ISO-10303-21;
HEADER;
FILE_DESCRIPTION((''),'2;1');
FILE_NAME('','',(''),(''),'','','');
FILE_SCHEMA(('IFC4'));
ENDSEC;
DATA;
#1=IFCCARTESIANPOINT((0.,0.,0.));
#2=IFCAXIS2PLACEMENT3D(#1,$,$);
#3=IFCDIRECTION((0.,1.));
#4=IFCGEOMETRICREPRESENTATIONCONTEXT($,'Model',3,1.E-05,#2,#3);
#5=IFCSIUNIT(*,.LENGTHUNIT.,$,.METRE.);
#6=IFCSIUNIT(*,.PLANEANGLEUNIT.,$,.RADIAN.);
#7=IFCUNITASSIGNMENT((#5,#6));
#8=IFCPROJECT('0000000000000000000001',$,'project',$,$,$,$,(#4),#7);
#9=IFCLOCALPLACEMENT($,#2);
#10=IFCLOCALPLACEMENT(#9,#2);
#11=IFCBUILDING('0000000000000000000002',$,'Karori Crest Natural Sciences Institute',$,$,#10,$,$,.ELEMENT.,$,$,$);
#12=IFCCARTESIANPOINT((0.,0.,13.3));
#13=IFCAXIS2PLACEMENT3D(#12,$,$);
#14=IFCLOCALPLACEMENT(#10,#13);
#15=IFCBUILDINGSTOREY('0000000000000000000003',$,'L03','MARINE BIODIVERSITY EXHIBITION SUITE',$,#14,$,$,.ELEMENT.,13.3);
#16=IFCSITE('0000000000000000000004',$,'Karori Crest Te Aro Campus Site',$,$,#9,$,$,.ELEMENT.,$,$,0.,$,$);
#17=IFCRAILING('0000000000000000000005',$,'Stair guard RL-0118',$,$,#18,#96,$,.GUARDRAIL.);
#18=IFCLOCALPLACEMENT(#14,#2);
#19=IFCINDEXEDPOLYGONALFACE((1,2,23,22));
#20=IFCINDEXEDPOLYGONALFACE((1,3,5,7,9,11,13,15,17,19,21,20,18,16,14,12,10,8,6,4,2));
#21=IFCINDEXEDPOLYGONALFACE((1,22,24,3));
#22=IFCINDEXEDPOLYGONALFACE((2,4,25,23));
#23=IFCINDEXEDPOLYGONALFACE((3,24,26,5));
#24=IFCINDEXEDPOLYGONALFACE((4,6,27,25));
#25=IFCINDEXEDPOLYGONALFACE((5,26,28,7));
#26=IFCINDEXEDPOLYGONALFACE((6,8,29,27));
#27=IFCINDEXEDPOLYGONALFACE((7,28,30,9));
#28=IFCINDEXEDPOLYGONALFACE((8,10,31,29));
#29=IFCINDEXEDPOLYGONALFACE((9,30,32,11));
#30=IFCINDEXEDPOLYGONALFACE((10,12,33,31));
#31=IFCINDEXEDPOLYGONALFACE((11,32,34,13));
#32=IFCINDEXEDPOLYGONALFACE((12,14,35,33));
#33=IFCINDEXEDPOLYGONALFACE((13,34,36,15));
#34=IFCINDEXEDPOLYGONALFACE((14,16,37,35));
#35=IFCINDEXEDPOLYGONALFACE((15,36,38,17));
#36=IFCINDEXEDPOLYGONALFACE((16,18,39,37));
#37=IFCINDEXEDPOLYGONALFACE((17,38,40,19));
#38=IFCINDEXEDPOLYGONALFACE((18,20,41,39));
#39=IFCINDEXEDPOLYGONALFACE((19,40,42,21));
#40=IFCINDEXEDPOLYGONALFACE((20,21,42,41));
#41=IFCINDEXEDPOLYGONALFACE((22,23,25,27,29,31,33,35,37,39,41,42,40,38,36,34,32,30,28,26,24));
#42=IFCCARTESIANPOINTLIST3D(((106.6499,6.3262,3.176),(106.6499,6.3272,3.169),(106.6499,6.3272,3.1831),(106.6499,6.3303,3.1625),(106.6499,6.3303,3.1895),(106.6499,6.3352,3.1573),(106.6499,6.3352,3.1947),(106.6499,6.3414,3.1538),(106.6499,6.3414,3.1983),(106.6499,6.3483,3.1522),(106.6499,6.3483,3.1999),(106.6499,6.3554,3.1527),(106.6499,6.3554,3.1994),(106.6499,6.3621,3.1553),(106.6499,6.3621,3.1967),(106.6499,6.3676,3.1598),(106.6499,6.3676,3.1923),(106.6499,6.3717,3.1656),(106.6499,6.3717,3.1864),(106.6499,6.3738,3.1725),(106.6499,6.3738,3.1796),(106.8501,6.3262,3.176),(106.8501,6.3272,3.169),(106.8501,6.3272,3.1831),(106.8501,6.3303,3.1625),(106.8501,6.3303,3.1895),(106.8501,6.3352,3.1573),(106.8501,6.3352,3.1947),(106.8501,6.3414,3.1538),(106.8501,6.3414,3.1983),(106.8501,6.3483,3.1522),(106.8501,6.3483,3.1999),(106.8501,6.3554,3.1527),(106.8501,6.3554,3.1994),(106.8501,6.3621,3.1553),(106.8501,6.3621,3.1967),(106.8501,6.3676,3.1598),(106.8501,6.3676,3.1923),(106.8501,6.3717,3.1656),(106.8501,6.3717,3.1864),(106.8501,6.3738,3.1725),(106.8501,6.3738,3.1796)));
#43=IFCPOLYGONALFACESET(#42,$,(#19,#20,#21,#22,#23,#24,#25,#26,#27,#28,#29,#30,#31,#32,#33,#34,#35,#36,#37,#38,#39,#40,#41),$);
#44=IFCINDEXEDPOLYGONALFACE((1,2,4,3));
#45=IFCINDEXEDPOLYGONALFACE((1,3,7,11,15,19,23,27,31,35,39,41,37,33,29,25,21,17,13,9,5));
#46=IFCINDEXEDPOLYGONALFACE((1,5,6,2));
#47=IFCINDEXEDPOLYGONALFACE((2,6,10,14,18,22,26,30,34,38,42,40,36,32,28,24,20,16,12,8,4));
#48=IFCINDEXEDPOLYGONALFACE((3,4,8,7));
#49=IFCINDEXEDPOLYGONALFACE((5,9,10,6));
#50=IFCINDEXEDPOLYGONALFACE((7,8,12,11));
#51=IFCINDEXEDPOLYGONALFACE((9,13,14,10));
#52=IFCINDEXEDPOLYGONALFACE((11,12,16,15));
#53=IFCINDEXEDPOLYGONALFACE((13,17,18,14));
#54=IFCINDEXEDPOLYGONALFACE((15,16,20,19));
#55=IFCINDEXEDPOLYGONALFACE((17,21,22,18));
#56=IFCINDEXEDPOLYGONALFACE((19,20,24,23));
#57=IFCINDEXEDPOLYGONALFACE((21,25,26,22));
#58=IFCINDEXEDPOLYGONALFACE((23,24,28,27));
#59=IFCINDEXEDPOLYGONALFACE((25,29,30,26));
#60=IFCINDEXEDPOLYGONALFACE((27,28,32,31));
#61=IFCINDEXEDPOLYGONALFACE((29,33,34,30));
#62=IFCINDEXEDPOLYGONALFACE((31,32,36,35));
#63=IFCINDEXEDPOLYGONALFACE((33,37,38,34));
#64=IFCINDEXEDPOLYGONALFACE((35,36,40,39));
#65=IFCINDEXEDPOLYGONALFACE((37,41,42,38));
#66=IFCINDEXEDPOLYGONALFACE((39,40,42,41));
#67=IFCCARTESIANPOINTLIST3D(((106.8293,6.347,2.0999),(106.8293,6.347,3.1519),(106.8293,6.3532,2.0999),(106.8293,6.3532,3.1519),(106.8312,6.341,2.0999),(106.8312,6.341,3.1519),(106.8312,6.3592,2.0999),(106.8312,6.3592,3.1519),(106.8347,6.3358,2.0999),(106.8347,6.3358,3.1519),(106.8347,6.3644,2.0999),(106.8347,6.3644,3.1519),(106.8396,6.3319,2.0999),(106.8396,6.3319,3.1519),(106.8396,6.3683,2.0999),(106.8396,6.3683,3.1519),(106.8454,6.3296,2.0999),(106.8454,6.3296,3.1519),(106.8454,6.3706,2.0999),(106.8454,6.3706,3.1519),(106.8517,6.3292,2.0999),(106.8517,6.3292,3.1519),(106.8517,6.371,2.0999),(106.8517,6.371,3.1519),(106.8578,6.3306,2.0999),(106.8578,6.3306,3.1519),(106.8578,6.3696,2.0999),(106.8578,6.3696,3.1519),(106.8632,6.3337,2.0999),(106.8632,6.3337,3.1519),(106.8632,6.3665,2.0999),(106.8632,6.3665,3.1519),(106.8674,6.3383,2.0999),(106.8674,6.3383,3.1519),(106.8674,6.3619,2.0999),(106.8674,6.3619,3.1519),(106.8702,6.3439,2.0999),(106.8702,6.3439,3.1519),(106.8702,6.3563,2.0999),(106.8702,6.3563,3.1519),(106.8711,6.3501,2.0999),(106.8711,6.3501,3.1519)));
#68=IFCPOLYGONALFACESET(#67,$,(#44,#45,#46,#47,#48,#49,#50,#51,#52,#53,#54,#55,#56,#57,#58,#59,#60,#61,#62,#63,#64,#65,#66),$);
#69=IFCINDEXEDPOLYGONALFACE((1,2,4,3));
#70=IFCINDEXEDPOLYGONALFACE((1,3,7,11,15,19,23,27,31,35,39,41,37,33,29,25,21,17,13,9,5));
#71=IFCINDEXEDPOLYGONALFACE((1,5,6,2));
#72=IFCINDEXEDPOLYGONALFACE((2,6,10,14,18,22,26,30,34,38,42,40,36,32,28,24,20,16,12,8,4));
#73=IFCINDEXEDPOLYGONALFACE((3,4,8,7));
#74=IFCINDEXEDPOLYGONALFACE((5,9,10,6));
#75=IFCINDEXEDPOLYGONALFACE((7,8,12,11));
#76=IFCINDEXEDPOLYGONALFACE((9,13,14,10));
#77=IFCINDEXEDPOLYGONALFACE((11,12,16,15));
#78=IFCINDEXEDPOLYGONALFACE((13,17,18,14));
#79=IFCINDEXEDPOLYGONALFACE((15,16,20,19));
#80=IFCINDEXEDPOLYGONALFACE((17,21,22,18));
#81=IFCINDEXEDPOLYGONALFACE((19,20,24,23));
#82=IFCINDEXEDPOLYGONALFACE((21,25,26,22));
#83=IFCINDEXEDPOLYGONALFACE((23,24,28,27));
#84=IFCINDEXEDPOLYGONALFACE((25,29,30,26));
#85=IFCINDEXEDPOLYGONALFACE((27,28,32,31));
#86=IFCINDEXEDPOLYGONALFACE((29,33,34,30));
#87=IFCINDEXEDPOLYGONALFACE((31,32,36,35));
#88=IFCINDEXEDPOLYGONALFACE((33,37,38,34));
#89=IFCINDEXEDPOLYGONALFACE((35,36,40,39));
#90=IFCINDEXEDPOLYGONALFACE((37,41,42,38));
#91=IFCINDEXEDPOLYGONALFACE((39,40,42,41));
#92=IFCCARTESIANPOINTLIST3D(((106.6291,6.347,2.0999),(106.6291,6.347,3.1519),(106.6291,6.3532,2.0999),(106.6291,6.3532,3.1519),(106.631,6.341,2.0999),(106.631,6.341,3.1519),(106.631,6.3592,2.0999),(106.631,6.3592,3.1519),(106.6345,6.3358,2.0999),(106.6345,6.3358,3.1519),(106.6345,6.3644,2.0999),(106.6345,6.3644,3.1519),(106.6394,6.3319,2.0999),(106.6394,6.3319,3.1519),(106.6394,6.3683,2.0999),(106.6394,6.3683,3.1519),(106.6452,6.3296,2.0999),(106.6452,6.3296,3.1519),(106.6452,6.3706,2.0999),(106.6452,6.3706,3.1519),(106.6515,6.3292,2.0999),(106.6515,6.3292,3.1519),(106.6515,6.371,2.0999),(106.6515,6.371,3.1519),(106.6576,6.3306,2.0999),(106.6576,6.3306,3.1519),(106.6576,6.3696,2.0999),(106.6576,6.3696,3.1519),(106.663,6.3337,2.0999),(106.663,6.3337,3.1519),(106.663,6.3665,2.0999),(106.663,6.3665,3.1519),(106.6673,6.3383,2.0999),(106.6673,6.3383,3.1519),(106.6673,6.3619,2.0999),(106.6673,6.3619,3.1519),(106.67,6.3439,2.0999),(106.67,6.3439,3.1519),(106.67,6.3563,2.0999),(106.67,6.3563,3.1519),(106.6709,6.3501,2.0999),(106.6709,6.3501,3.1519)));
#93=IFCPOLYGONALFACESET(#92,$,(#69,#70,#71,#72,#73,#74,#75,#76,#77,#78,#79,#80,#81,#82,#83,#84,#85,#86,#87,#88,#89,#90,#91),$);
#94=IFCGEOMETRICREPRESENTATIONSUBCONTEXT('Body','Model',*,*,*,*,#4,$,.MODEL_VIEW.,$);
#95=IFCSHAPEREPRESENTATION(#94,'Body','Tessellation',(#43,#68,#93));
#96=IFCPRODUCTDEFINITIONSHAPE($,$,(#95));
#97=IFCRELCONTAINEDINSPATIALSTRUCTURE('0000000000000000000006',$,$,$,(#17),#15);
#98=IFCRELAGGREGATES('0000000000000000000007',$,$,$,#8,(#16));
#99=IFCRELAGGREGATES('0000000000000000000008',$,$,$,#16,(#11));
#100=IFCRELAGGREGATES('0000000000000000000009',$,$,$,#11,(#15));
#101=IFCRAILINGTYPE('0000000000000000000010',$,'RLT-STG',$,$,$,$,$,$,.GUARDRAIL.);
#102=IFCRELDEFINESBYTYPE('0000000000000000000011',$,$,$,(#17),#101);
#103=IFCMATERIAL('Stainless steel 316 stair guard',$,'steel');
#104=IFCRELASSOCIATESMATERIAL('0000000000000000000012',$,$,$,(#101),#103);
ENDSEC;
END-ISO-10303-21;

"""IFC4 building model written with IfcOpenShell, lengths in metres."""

from ifc_helpers import new_model, si_unit, direction, frame, origin, origin_2d, place, context, subcontext, project, spatial, circle, extrude, material, type_object, element, save


model = new_model("IFC4")

# Units and contexts
model_context = context("Model", 3, precision=1e-05, world=origin(), true_north=direction((0.0, 1.0)))
body_context = subcontext(model_context, "Body", "Model", "MODEL_VIEW")
ifc_project = project(units=[si_unit("LENGTHUNIT", "METRE"), si_unit("PLANEANGLEUNIT", "RADIAN")], contexts=[model_context])

# Site, building, storey
site_placement = place(None, origin())
site = spatial("IfcSite", under=ifc_project, at=site_placement, Name="Karori Crest Te Aro Campus Site", CompositionType="ELEMENT", RefElevation=0.0)
building_placement = place(site_placement, origin())
building = spatial("IfcBuilding", under=site, at=building_placement, Name="Karori Crest Natural Sciences Institute", CompositionType="ELEMENT")
storey_placement = place(building_placement, frame((0.0, 0.0, 13.3)))
storey = spatial("IfcBuildingStorey", under=building, at=storey_placement, Name="L03", Description="MARINE BIODIVERSITY EXHIBITION SUITE", CompositionType="ELEMENT", Elevation=13.3)

# Railing
ifc_material_1 = material(Name="Stainless steel 316 stair guard", Category="steel")
railing_type_1 = type_object("IfcRailingType", Name="RLT-STG", PredefinedType="GUARDRAIL", material=ifc_material_1)
railing_1_placement = place(storey_placement, frame((106.8501, 6.3501, 2.0999)))
element("IfcRailing", 1, at=railing_1_placement, inside=storey, type_object=railing_type_1, Name="Stair guard RL-0118", PredefinedType="GUARDRAIL", context=body_context, shape_type="SweptSolid", body=[
    extrude(circle(Radius=0.0239, at=origin_2d()), frame((0.0, 0.0, 1.0762), z_axis=(-1.0, 0.0, 0.0), x_axis=(0.0, -1.0, 0.0)), (0.0, 0.0, 1.0), 0.2002),
    extrude(circle(Radius=0.021, at=origin_2d()), origin(), (0.0, 0.0, 1.0), 1.052),
    extrude(circle(Radius=0.021, at=origin_2d()), frame((-0.2002, 0.0, 0.0)), (0.0, 0.0, 1.0), 1.052),
])

save(model, "model.ifc")
